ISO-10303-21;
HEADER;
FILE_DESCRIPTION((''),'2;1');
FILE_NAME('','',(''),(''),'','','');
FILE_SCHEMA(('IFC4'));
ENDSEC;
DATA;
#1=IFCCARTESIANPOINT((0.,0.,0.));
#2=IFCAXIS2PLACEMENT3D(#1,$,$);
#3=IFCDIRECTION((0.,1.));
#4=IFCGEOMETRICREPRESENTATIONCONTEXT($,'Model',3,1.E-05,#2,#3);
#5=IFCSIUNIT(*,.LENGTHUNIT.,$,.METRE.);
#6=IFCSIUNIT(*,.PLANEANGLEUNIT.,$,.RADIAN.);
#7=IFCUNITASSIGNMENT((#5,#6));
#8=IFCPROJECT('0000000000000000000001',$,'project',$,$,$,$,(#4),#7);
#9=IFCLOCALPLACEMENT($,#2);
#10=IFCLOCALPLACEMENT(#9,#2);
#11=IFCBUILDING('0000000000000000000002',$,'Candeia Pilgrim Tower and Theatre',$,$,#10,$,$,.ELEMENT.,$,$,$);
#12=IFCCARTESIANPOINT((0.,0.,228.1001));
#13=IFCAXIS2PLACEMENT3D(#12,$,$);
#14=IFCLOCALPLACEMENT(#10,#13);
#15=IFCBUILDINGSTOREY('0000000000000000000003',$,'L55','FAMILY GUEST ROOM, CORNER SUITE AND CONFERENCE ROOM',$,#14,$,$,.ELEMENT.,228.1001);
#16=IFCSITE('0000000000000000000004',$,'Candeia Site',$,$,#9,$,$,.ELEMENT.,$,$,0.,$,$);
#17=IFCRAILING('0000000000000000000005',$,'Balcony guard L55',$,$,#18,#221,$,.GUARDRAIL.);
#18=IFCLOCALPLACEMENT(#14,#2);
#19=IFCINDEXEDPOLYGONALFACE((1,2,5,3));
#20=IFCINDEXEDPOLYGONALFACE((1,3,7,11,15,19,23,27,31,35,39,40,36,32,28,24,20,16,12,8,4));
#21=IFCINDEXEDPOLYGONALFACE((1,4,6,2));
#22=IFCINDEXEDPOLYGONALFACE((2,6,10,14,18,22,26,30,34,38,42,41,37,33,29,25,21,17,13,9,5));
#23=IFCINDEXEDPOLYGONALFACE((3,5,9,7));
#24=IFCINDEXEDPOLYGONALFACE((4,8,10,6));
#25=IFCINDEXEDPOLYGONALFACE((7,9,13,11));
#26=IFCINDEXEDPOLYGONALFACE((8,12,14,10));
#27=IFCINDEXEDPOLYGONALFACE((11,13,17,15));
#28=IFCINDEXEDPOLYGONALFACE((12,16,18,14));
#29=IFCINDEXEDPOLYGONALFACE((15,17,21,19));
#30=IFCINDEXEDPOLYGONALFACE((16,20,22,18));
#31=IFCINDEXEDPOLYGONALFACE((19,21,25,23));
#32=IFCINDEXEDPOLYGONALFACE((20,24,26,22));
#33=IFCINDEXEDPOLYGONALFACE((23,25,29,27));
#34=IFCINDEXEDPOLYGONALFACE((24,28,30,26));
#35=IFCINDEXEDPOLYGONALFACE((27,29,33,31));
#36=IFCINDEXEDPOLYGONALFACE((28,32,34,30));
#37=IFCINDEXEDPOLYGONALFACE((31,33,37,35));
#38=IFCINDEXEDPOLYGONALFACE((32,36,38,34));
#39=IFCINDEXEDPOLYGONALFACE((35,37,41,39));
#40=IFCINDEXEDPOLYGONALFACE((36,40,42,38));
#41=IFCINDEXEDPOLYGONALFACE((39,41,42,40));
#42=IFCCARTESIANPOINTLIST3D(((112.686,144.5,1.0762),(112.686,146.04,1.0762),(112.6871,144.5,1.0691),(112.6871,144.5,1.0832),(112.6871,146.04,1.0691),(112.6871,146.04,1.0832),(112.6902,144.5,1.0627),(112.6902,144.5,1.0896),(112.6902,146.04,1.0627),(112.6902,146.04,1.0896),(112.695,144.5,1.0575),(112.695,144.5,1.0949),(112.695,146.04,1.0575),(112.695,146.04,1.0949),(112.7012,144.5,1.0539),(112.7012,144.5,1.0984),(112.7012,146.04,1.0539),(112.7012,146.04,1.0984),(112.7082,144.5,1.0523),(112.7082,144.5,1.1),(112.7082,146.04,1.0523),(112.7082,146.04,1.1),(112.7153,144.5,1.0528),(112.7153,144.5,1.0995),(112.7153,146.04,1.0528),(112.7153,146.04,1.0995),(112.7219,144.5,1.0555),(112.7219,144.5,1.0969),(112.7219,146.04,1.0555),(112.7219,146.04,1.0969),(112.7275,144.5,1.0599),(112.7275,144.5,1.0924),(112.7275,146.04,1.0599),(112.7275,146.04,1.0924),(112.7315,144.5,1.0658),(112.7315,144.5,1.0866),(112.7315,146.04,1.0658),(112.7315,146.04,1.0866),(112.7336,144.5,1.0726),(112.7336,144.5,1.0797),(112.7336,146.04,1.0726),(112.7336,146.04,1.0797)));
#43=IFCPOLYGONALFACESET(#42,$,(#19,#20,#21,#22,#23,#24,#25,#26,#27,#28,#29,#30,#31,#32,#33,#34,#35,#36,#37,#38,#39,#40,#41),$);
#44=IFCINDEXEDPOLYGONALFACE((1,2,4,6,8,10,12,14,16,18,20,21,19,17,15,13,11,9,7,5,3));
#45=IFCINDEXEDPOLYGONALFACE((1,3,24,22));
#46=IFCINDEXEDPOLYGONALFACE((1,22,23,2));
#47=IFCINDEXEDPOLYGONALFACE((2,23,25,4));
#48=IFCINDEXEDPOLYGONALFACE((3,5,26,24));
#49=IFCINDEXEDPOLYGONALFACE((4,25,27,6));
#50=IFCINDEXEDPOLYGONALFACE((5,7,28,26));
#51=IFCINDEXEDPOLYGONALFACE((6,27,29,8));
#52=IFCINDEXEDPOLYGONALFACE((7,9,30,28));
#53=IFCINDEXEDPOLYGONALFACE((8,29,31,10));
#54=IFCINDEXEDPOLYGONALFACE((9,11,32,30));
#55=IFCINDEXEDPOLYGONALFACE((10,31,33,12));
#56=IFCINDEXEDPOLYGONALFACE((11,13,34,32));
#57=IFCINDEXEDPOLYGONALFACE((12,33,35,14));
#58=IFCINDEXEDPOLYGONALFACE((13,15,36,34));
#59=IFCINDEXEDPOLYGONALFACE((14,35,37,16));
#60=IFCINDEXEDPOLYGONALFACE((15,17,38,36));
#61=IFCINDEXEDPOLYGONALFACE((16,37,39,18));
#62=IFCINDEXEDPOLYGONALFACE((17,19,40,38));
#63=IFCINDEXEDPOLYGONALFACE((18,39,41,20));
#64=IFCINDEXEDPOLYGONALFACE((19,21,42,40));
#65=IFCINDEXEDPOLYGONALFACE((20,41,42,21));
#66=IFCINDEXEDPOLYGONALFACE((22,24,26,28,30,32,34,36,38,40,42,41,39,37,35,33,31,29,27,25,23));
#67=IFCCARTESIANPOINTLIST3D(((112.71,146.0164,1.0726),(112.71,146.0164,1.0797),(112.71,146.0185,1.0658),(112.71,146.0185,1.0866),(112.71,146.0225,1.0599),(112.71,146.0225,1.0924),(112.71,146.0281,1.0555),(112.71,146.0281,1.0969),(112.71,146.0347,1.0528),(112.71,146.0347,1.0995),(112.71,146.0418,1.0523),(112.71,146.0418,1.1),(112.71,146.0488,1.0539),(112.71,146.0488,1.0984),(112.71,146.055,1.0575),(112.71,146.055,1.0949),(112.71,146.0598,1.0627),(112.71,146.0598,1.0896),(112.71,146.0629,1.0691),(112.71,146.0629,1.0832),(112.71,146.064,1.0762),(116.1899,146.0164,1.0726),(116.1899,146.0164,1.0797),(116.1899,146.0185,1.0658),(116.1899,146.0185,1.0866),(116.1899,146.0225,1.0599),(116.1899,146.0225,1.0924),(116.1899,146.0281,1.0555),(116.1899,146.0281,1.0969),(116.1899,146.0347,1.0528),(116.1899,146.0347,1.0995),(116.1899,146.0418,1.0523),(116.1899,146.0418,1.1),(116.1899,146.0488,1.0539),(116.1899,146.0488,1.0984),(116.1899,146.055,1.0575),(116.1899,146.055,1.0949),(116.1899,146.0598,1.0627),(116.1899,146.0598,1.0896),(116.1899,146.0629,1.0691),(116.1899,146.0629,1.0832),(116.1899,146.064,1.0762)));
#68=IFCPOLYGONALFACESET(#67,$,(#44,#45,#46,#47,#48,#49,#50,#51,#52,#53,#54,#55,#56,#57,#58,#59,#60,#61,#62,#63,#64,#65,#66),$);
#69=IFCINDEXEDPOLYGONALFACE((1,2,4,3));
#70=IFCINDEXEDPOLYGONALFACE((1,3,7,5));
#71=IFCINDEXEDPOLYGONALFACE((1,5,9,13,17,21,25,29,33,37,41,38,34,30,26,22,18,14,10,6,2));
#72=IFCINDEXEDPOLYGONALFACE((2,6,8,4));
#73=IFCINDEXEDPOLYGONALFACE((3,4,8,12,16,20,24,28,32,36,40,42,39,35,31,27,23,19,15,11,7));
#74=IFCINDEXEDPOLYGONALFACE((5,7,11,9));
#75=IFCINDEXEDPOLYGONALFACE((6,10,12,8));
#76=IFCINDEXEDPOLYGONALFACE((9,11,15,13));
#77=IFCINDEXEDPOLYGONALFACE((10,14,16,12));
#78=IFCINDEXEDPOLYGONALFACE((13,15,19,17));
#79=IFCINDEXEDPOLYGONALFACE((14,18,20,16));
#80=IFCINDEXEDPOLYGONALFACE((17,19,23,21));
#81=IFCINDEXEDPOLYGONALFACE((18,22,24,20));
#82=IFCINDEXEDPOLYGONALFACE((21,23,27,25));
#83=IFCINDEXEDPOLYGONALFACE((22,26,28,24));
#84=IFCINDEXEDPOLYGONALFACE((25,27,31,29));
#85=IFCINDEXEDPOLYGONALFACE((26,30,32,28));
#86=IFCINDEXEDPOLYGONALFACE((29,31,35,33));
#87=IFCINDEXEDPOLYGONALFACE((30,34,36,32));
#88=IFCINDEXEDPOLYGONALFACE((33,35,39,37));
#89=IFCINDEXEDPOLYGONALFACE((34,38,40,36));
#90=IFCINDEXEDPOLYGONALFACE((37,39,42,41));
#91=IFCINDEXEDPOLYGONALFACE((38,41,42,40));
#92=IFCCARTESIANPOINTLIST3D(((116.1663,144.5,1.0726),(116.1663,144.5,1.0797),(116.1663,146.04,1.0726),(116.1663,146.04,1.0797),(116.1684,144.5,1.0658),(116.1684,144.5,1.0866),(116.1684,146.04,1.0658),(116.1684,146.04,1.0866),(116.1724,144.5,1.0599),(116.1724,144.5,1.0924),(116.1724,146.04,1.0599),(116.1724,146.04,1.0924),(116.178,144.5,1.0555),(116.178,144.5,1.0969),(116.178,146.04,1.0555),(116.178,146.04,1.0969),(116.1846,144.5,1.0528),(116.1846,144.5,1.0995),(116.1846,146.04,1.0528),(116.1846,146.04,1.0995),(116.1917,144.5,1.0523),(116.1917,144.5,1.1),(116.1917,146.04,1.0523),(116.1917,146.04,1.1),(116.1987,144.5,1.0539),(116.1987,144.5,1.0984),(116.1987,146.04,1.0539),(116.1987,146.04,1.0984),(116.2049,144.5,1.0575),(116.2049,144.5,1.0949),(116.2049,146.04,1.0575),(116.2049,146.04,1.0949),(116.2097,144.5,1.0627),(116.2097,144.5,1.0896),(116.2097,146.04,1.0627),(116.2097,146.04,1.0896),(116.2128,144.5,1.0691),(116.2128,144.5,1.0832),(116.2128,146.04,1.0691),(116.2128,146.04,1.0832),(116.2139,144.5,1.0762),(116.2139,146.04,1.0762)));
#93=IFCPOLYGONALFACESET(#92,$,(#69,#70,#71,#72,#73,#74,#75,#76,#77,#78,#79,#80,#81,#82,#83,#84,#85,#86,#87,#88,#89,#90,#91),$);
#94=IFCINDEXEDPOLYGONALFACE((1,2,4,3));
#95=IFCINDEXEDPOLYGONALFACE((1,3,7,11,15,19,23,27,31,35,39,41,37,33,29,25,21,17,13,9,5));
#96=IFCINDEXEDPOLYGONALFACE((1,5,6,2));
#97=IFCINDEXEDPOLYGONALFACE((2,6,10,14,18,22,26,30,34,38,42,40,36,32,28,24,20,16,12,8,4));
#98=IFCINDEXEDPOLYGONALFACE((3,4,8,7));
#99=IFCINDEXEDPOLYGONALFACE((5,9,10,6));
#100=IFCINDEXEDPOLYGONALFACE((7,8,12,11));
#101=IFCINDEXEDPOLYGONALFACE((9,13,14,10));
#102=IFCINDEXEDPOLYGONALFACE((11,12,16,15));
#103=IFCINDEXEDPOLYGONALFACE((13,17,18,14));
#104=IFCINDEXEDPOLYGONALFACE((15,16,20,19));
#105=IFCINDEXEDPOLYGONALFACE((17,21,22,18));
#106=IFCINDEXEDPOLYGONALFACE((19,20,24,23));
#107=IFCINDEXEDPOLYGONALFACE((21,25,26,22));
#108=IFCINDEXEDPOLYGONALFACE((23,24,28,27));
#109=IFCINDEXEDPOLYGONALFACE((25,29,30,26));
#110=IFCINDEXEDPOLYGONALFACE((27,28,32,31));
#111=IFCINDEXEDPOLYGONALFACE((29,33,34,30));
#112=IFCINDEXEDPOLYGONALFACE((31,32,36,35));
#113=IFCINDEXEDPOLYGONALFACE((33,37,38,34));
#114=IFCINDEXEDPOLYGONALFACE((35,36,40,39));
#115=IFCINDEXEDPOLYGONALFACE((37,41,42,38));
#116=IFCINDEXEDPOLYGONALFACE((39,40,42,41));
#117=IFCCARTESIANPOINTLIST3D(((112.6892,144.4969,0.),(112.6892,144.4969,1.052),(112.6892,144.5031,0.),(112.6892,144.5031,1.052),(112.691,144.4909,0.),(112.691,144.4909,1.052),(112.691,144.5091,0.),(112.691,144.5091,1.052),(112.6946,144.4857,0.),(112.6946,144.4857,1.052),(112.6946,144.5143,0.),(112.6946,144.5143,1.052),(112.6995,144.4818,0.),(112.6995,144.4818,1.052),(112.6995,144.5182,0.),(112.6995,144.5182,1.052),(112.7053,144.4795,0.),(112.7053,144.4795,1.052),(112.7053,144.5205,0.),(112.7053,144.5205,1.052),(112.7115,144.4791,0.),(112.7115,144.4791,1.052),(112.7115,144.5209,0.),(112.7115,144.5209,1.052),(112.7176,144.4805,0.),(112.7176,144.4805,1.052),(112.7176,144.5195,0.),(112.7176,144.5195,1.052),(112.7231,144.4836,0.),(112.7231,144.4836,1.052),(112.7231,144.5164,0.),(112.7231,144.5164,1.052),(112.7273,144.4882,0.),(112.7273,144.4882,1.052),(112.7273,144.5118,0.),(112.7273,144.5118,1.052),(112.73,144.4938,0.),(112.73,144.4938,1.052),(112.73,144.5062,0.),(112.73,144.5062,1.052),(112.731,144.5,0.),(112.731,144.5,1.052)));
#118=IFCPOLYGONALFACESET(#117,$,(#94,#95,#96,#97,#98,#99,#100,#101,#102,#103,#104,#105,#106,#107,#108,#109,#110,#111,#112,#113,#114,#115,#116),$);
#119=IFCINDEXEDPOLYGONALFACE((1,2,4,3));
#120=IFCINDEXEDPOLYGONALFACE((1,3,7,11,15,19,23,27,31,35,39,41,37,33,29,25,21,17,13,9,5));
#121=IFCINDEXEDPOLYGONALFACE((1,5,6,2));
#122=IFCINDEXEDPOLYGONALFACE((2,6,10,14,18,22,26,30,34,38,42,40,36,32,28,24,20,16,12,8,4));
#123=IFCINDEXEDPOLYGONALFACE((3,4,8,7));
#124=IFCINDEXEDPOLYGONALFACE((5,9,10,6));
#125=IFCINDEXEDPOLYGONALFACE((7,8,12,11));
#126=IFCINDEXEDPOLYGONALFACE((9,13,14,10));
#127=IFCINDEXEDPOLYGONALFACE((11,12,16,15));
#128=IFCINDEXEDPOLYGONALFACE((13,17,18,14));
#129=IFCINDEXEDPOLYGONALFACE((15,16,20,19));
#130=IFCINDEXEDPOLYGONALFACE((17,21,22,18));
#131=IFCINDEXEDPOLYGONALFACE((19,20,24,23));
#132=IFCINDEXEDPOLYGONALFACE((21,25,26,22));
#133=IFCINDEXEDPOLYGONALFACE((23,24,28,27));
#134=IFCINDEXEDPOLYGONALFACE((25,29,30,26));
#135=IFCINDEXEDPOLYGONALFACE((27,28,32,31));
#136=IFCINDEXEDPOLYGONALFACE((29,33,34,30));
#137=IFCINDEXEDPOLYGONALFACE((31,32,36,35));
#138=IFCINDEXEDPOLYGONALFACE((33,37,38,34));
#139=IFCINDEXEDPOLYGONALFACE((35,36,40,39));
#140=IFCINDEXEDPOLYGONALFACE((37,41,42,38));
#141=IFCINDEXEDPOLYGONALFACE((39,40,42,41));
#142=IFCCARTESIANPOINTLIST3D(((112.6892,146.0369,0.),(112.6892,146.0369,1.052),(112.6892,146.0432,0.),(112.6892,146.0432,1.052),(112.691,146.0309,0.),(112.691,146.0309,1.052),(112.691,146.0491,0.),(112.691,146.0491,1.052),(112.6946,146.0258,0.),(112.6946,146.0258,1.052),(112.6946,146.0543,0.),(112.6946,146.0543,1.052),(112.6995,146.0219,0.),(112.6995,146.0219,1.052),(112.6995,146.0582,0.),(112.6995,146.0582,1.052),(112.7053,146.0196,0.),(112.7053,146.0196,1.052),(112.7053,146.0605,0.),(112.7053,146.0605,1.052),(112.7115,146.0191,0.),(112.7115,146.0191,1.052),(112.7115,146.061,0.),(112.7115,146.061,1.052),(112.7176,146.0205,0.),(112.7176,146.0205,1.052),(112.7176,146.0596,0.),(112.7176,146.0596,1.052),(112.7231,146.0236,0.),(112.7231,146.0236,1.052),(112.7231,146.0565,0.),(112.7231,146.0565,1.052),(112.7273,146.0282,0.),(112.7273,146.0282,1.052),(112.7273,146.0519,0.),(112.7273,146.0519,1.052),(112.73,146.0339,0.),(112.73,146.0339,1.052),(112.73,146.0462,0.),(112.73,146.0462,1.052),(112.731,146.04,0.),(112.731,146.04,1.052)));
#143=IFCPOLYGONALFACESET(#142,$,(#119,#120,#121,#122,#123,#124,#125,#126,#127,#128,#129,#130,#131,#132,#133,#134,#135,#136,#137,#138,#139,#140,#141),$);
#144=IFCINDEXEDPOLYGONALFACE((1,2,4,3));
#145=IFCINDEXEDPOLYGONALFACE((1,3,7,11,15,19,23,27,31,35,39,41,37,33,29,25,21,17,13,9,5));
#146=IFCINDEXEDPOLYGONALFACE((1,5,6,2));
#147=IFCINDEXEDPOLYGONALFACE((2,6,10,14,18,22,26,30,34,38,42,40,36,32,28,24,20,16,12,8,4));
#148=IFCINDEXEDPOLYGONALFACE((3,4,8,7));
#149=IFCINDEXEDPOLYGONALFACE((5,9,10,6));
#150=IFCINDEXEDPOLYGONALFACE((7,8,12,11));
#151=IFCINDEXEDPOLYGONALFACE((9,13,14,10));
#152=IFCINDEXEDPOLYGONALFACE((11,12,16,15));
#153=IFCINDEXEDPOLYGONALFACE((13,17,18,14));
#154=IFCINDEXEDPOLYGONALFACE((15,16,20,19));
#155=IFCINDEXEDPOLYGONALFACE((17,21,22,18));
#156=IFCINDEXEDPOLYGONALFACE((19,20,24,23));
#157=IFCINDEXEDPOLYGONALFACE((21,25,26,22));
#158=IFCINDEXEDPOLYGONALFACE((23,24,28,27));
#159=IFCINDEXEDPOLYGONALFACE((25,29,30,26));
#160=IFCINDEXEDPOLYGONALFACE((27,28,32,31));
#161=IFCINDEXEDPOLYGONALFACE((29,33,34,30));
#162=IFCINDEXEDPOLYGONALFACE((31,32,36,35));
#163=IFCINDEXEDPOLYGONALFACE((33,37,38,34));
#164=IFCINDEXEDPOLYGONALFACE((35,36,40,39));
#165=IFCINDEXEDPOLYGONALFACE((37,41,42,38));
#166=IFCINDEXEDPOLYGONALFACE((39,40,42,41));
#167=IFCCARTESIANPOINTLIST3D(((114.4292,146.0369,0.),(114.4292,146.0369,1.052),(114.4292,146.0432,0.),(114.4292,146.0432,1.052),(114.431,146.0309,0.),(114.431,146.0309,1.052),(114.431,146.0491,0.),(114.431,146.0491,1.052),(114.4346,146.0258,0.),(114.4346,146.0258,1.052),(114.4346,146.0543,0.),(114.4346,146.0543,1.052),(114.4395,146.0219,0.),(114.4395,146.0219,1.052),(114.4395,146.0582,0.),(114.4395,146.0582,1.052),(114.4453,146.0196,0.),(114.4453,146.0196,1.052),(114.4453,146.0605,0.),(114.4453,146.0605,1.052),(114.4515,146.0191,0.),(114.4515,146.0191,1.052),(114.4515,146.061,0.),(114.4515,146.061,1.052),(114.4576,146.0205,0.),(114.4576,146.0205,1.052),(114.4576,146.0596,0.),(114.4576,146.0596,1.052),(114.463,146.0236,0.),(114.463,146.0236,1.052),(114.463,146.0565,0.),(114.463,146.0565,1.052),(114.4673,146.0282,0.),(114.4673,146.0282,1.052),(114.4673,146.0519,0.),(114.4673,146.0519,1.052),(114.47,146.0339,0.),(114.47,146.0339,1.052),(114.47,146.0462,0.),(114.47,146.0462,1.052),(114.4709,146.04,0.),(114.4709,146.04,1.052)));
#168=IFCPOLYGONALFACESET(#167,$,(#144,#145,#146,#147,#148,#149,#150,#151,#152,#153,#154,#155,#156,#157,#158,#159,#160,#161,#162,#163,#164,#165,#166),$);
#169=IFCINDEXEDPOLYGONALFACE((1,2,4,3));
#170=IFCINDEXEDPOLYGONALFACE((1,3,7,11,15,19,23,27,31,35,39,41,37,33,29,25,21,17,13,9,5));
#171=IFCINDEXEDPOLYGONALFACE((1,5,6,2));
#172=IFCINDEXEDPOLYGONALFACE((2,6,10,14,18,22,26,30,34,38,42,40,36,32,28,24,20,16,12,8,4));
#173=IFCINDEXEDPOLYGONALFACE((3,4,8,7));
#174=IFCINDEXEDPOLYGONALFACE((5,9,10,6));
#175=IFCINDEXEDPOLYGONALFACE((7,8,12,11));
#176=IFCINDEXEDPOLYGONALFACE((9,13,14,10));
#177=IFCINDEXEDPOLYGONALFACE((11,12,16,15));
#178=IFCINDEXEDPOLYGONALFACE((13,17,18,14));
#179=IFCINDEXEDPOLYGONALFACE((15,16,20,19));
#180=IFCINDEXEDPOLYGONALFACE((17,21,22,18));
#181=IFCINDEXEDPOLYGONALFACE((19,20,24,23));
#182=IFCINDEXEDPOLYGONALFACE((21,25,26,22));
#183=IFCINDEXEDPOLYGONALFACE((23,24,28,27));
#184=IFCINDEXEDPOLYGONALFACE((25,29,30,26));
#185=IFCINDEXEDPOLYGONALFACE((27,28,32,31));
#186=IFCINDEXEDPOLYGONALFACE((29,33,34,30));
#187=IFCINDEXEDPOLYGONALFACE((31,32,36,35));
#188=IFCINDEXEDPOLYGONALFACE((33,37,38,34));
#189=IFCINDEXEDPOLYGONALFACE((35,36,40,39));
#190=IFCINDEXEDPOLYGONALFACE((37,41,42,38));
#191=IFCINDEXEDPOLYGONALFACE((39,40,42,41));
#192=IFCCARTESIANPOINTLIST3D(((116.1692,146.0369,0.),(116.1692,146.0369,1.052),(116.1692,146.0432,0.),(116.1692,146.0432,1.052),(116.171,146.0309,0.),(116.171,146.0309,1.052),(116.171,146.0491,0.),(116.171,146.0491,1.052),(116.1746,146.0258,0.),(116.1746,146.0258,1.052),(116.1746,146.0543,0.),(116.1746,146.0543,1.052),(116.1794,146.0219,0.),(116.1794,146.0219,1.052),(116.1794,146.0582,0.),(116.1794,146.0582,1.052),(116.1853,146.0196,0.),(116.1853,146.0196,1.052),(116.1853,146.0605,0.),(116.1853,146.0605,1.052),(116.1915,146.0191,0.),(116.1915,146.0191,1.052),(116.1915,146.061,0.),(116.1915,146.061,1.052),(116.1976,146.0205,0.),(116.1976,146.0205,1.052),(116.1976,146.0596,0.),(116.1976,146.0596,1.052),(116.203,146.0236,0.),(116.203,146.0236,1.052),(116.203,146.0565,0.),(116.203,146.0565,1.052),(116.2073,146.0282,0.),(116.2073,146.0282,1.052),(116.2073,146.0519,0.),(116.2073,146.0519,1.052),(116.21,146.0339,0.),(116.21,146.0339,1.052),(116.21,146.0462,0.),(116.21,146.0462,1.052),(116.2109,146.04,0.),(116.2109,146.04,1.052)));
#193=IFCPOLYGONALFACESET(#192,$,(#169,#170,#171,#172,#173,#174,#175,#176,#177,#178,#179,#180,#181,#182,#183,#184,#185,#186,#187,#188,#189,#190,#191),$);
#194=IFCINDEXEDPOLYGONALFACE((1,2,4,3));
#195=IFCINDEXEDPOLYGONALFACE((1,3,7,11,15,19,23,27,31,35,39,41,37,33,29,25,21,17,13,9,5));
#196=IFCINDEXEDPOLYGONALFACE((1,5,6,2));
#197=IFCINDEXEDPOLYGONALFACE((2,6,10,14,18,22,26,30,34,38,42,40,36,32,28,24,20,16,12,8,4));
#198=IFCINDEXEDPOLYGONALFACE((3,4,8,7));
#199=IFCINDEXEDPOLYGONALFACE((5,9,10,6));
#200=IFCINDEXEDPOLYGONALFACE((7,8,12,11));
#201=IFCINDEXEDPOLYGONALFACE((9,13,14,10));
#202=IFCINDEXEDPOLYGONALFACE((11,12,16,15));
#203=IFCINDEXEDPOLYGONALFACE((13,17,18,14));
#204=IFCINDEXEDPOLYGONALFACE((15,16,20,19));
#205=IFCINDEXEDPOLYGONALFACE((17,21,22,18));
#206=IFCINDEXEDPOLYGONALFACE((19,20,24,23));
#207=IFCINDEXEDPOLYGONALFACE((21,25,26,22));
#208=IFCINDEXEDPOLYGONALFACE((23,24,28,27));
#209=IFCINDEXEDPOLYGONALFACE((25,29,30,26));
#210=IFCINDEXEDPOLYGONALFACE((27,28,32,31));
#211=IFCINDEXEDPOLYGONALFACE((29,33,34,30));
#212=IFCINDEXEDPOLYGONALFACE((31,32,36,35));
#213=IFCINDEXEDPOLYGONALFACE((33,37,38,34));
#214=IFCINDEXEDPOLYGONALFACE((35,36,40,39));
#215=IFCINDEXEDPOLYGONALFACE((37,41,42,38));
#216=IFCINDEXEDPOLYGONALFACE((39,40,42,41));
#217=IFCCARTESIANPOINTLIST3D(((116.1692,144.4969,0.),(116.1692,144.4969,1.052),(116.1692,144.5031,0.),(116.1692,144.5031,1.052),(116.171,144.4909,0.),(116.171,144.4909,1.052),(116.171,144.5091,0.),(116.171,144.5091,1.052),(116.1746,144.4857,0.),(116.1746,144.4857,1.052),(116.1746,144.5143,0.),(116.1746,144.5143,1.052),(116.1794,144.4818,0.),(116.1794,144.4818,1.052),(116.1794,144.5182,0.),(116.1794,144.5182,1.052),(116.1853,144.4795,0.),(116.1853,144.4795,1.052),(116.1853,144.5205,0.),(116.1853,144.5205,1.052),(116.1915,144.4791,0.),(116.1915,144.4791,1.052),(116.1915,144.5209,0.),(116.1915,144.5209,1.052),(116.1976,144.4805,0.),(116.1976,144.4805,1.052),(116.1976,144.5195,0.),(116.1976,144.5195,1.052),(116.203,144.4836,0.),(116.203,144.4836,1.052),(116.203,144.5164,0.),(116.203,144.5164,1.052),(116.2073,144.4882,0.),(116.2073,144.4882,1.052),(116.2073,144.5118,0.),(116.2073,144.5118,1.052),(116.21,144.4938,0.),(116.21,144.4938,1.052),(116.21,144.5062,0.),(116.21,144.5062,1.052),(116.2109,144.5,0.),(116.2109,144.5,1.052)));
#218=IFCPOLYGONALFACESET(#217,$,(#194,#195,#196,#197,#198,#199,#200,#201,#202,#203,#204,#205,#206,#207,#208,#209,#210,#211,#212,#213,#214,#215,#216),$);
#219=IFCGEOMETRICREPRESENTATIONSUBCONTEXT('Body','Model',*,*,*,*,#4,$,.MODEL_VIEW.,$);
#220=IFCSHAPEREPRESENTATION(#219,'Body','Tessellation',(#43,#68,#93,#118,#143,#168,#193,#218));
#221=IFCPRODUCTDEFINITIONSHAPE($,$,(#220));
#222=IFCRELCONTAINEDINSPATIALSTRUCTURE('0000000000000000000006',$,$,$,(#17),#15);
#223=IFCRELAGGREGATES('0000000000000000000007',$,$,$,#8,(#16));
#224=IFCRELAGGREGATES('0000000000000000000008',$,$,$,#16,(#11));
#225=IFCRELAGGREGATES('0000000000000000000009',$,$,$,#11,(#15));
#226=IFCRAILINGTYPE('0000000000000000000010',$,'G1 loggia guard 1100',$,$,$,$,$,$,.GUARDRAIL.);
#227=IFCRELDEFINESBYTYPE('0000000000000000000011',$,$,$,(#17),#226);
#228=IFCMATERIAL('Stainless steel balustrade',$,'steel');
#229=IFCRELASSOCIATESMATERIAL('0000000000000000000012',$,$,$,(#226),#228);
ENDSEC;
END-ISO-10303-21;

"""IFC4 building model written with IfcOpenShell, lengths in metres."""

from ifc_helpers import new_model, si_unit, direction, frame, origin, origin_2d, place, context, subcontext, project, spatial, circle, extrude, material, type_object, element, save


model = new_model("IFC4")

# Units and contexts
model_context = context("Model", 3, precision=1e-05, world=origin(), true_north=direction((0.0, 1.0)))
body_context = subcontext(model_context, "Body", "Model", "MODEL_VIEW")
ifc_project = project(units=[si_unit("LENGTHUNIT", "METRE"), si_unit("PLANEANGLEUNIT", "RADIAN")], contexts=[model_context])

# Site, building, storey
site_placement = place(None, origin())
site = spatial("IfcSite", under=ifc_project, at=site_placement, Name="Candeia Site", CompositionType="ELEMENT", RefElevation=0.0)
building_placement = place(site_placement, origin())
building = spatial("IfcBuilding", under=site, at=building_placement, Name="Candeia Pilgrim Tower and Theatre", CompositionType="ELEMENT")
storey_placement = place(building_placement, frame((0.0, 0.0, 228.1001)))
storey = spatial("IfcBuildingStorey", under=building, at=storey_placement, Name="L55", Description="FAMILY GUEST ROOM, CORNER SUITE AND CONFERENCE ROOM", CompositionType="ELEMENT", Elevation=228.1001)

# Railing
ifc_material_1 = material(Name="Stainless steel balustrade", Category="steel")
railing_type = type_object("IfcRailingType", Name="G1 loggia guard 1100", PredefinedType="GUARDRAIL", material=ifc_material_1)
railing_placement = place(storey_placement, frame((112.71, 144.5, 0.0)))
element("IfcRailing", 1, at=railing_placement, inside=storey, type_object=railing_type, Name="Balcony guard L55", PredefinedType="GUARDRAIL", context=body_context, shape_type="SweptSolid", body=[
    extrude(circle(Radius=0.0239, at=origin_2d()), frame((0.0, 0.0, 1.0762), z_axis=(0.0, 1.0, 0.0), x_axis=(-1.0, 0.0, 0.0)), (0.0, 0.0, 1.0), 1.54),
    extrude(circle(Radius=0.0239, at=origin_2d()), frame((0.0, 1.54, 1.0762), z_axis=(1.0, 0.0, 0.0), x_axis=(0.0, 1.0, 0.0)), (0.0, 0.0, 1.0), 3.48),
    extrude(circle(Radius=0.0239, at=origin_2d()), frame((3.48, 1.54, 1.0762), z_axis=(0.0, -1.0, 0.0), x_axis=(1.0, 0.0, 0.0)), (0.0, 0.0, 1.0), 1.54),
    extrude(circle(Radius=0.021, at=origin_2d()), origin(), (0.0, 0.0, 1.0), 1.052),
    extrude(circle(Radius=0.021, at=origin_2d()), frame((0.0, 1.54, 0.0)), (0.0, 0.0, 1.0), 1.052),
    extrude(circle(Radius=0.021, at=origin_2d()), frame((1.74, 1.54, 0.0)), (0.0, 0.0, 1.0), 1.052),
    extrude(circle(Radius=0.021, at=origin_2d()), frame((3.48, 1.54, 0.0)), (0.0, 0.0, 1.0), 1.052),
    extrude(circle(Radius=0.021, at=origin_2d()), frame((3.48, 0.0, 0.0)), (0.0, 0.0, 1.0), 1.052),
])

save(model, "model.ifc")
